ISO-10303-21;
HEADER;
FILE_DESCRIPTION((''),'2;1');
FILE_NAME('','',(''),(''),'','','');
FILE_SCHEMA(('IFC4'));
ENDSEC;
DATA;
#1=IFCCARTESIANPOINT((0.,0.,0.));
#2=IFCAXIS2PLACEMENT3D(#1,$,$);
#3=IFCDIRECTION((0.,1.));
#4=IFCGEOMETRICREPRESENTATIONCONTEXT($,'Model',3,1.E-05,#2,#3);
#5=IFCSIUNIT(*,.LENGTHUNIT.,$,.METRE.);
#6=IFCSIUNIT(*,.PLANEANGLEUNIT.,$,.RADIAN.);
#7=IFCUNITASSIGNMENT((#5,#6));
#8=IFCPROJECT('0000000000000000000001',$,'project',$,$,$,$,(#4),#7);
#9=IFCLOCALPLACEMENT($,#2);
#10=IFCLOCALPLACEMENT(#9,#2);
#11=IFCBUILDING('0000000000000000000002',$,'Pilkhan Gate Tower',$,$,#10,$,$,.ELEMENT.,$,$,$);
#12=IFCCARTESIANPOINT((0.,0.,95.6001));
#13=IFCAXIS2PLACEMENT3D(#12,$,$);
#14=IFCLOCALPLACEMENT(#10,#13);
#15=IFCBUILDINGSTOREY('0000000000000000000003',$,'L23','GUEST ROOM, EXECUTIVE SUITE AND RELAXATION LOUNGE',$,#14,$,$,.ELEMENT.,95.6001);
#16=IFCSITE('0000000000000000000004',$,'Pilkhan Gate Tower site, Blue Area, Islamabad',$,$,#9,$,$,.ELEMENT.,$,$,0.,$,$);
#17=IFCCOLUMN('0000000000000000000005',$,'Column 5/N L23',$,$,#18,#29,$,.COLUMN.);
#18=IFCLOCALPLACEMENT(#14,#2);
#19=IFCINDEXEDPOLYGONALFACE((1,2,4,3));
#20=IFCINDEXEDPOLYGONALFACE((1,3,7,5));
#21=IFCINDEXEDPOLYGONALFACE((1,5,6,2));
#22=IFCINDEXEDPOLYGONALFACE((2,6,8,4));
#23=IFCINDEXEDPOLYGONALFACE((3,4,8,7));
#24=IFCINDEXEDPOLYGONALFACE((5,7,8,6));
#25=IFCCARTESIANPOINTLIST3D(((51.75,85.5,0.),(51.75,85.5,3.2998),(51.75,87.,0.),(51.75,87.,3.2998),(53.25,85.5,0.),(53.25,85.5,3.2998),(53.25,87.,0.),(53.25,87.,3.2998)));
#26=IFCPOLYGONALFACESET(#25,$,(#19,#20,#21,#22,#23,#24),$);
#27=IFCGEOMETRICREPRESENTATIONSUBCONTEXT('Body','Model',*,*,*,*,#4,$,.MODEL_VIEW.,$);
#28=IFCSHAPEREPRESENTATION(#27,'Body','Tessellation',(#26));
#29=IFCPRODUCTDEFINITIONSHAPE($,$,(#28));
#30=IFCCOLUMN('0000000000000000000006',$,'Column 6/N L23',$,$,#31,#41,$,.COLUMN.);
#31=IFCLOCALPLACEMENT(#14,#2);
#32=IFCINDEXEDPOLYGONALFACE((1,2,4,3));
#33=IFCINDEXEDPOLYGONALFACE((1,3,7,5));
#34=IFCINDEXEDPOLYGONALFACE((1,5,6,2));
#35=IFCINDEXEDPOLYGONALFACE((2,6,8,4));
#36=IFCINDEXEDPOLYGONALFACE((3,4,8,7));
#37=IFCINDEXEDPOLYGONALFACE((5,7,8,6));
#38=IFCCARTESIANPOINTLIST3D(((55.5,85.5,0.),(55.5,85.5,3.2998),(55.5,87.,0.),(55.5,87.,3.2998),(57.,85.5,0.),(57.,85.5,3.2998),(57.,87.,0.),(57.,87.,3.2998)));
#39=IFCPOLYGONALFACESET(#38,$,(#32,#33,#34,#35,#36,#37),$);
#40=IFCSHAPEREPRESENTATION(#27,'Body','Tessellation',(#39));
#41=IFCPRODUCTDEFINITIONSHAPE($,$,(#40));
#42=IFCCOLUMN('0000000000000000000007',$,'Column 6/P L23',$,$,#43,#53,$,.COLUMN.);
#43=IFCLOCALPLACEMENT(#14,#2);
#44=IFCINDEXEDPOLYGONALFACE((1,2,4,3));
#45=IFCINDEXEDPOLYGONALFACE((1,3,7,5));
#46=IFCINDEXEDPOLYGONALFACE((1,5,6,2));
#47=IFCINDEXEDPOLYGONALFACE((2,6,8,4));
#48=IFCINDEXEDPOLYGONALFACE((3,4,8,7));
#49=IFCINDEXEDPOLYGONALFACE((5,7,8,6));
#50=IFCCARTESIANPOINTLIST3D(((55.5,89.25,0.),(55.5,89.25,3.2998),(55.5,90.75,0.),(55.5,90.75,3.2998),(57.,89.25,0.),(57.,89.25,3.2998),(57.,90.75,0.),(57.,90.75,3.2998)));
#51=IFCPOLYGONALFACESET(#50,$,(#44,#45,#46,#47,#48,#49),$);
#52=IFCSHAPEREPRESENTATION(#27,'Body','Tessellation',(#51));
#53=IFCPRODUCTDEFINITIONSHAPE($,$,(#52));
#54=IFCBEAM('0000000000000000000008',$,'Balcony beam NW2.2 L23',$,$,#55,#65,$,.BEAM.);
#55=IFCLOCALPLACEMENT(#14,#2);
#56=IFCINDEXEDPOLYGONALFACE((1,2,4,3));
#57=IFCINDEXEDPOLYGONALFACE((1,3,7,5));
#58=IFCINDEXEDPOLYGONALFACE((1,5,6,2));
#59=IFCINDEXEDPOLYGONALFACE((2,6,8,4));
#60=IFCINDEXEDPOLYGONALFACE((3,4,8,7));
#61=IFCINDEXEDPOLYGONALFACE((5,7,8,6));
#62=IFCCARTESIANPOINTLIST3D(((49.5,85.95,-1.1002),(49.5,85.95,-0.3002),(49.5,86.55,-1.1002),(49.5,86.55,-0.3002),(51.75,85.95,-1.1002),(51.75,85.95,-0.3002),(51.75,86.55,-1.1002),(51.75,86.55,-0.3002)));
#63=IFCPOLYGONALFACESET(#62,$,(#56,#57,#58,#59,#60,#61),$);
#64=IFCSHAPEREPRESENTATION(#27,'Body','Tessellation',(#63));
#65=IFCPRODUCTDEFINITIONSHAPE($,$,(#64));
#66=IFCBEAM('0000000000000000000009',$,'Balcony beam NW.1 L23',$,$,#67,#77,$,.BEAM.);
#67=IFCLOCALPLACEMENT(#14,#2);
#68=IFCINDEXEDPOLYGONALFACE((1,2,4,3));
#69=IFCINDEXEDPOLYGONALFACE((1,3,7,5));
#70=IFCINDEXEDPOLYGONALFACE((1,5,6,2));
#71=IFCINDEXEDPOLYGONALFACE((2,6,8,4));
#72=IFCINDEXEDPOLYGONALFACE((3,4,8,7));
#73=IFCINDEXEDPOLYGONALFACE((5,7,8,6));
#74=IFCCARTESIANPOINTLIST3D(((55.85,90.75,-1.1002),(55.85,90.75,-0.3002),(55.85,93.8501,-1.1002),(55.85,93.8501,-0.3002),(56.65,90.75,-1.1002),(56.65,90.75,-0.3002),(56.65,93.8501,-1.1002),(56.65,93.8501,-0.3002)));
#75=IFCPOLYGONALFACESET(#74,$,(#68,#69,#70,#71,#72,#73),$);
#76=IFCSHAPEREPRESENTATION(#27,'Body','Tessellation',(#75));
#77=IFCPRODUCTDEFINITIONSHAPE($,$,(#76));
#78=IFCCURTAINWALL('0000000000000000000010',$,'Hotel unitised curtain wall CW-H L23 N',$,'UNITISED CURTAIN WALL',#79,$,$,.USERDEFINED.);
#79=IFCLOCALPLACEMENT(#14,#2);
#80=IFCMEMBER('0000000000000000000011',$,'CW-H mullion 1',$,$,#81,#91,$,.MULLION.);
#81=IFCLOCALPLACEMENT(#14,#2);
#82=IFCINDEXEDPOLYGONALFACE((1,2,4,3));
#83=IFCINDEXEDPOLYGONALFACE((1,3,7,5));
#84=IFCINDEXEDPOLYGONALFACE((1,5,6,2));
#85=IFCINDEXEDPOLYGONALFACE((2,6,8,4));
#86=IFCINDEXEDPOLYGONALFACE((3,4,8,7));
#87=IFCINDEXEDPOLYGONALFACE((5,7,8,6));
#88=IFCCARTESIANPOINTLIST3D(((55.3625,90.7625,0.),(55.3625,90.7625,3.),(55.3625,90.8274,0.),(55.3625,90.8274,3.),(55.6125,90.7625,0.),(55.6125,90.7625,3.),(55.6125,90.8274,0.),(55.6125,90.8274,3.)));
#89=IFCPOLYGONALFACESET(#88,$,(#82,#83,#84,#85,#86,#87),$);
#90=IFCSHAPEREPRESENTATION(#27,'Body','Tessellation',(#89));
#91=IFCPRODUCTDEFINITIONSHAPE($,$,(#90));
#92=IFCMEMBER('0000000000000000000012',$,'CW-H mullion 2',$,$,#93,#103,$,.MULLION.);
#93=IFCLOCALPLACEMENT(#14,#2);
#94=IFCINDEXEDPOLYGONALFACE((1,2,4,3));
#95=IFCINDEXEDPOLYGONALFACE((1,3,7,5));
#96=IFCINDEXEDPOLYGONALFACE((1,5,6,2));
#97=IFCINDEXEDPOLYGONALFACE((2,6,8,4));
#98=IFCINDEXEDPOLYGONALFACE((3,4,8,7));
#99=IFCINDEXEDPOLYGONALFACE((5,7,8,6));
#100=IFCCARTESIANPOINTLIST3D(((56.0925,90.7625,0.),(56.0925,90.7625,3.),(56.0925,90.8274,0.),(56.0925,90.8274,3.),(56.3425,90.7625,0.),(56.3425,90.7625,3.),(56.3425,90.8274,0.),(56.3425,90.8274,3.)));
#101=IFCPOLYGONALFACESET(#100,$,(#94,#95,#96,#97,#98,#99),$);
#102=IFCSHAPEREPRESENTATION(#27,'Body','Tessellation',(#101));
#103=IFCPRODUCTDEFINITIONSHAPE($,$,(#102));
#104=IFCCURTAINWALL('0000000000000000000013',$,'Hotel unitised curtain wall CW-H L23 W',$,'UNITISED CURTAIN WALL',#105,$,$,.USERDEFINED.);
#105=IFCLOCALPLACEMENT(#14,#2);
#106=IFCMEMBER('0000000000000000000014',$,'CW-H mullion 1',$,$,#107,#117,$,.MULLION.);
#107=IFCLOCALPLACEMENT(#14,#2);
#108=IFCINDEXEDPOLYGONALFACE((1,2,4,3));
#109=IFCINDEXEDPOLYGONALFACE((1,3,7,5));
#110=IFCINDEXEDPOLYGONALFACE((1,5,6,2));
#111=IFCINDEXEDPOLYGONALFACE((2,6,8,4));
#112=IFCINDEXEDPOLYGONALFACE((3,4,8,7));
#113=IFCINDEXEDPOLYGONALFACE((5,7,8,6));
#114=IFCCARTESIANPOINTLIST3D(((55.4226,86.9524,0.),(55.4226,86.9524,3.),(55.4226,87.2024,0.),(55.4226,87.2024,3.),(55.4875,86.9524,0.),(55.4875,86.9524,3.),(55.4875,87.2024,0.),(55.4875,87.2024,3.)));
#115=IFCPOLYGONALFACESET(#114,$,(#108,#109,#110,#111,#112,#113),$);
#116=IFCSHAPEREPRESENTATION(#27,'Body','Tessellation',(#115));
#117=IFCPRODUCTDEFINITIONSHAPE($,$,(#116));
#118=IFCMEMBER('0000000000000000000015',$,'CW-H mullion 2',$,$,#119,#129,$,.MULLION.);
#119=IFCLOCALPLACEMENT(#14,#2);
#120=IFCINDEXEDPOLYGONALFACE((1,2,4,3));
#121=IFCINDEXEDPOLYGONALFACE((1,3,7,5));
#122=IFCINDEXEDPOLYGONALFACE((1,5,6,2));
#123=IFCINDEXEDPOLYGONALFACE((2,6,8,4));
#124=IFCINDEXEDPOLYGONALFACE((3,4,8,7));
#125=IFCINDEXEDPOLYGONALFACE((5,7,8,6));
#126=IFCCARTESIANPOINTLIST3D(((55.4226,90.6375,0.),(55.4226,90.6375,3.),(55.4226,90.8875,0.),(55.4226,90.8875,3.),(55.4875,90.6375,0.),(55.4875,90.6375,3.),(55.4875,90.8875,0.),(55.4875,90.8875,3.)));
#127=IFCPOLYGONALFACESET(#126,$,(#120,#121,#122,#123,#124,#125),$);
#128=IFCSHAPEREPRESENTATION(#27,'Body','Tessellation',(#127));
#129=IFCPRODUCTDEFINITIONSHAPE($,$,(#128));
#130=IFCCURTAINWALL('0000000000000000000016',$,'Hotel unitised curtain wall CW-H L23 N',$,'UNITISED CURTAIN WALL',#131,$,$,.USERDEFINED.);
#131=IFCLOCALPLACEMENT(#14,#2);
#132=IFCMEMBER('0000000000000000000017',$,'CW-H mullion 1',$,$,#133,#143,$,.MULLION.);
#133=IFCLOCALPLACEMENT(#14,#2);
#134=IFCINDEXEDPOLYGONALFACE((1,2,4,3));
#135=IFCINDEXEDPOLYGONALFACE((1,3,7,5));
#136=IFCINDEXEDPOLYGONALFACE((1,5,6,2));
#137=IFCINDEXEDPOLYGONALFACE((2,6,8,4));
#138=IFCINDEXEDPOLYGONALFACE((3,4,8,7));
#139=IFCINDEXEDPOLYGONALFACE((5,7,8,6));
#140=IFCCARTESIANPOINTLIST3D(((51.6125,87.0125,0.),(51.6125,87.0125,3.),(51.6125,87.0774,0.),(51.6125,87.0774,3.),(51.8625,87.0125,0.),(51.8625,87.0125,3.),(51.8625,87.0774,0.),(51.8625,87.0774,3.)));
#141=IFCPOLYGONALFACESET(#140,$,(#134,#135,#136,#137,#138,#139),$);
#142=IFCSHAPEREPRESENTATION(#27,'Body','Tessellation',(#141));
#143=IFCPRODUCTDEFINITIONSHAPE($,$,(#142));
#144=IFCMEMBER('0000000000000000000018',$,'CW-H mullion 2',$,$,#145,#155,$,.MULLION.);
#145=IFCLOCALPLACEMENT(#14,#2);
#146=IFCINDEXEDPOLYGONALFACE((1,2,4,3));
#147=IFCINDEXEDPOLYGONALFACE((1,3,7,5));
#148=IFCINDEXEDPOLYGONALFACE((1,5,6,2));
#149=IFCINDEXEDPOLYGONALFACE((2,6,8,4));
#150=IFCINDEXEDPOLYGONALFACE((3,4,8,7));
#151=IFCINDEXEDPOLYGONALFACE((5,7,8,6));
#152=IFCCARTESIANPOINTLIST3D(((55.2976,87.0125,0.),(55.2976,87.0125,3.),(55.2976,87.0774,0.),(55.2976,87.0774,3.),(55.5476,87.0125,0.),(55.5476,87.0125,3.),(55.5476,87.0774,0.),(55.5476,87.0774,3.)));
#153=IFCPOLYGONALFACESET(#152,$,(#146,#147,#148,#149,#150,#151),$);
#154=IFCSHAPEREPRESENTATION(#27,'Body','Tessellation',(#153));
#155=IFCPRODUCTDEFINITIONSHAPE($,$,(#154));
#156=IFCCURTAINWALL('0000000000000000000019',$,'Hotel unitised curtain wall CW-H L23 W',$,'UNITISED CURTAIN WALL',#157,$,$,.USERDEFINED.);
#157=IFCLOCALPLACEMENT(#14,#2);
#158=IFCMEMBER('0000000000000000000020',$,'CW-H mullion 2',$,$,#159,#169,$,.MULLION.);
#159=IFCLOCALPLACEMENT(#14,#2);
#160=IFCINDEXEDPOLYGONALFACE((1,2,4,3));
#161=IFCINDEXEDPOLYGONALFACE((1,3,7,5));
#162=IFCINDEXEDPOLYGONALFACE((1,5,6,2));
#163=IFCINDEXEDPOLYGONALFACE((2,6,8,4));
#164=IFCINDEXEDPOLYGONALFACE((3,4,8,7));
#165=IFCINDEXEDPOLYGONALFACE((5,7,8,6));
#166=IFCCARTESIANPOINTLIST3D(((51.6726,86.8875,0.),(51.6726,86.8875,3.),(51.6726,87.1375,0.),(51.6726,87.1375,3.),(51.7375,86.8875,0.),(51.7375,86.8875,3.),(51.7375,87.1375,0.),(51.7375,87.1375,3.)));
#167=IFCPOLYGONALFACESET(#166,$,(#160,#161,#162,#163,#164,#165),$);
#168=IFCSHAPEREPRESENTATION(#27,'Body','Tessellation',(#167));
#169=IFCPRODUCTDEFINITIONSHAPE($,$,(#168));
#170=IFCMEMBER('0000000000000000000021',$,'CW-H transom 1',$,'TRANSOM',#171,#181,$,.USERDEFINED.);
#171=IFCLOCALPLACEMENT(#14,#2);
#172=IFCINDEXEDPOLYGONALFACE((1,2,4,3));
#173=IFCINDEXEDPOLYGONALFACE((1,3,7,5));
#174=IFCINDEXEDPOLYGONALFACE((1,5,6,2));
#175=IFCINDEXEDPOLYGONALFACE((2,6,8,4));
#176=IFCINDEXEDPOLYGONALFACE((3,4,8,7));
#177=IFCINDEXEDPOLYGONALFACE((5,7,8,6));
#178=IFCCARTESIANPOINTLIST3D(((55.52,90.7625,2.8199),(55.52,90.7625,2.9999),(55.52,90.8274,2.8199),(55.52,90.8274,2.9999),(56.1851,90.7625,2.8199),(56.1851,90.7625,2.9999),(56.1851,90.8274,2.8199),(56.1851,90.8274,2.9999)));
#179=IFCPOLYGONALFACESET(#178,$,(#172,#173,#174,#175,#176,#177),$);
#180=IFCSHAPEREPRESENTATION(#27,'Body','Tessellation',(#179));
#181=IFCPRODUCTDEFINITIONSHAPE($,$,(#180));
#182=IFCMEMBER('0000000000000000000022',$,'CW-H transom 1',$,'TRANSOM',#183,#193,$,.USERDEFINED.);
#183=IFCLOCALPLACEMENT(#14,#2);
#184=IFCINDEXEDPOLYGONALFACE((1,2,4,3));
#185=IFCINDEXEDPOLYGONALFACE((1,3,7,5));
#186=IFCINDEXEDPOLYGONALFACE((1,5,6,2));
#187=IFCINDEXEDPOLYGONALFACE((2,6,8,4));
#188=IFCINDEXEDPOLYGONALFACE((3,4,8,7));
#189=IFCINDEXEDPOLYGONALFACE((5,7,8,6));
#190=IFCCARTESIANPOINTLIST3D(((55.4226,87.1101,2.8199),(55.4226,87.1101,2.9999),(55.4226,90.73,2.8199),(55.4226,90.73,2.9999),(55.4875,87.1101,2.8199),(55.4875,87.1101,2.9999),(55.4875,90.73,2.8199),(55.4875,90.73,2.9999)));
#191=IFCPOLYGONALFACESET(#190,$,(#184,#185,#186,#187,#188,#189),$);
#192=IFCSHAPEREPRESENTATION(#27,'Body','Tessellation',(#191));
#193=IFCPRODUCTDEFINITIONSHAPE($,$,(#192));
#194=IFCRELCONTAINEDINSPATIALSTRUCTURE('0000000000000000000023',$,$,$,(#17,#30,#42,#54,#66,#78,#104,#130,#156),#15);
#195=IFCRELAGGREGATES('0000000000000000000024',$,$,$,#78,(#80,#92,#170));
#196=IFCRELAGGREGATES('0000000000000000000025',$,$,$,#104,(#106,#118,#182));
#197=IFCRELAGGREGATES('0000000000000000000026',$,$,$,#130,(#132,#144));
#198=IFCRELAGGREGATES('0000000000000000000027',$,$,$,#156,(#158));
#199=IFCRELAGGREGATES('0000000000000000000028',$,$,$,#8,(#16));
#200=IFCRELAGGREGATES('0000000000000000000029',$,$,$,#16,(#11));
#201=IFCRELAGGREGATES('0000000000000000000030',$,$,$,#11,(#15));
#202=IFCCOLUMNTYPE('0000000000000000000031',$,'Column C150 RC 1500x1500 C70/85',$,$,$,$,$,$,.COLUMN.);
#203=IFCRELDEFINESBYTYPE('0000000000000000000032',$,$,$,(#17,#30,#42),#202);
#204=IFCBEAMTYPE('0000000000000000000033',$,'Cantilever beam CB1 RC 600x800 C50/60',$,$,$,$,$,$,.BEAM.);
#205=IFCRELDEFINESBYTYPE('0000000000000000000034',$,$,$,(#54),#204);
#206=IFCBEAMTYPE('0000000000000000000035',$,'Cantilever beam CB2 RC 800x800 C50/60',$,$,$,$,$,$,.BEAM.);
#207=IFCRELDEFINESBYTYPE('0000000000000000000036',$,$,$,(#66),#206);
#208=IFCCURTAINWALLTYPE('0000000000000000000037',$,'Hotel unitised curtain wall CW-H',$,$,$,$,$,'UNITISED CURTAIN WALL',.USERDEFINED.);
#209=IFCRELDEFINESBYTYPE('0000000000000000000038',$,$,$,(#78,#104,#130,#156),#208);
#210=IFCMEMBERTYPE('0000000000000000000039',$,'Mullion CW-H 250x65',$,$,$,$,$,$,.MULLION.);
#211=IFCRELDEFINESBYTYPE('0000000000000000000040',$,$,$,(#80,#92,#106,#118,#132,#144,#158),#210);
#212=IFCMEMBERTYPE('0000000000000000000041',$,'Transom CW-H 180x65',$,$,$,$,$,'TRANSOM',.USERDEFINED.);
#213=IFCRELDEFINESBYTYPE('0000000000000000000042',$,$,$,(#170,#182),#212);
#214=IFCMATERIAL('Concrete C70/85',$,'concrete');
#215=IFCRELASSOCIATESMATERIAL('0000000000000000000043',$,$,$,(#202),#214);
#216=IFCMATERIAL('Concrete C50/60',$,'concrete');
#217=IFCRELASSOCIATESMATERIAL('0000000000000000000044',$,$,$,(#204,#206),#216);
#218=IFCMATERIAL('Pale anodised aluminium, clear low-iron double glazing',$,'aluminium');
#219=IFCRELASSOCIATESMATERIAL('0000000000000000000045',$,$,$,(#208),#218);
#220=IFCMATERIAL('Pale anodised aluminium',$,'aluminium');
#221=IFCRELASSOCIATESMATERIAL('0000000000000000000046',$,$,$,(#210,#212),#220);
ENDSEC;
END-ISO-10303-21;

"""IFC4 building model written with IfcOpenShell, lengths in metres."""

from ifc_helpers import new_model, si_unit, direction, frame, origin, origin_2d, place, context, subcontext, project, spatial, rectangle, extrude, material, material_profile, profile_set, type_object, element, aggregate, save


model = new_model("IFC4")

# Units and contexts
model_context = context("Model", 3, precision=1e-05, world=origin(), true_north=direction((0.0, 1.0)))
body_context = subcontext(model_context, "Body", "Model", "MODEL_VIEW")
ifc_project = project(units=[si_unit("LENGTHUNIT", "METRE"), si_unit("PLANEANGLEUNIT", "RADIAN")], contexts=[model_context])

# Site, building, storey
site_placement = place(None, origin())
site = spatial("IfcSite", under=ifc_project, at=site_placement, Name="Pilkhan Gate Tower site, Blue Area, Islamabad", CompositionType="ELEMENT", RefElevation=0.0)
building_placement = place(site_placement, origin())
building = spatial("IfcBuilding", under=site, at=building_placement, Name="Pilkhan Gate Tower", CompositionType="ELEMENT")
storey_placement = place(building_placement, frame((0.0, 0.0, 95.6001)))
storey = spatial("IfcBuildingStorey", under=building, at=storey_placement, Name="L23", Description="GUEST ROOM, EXECUTIVE SUITE AND RELAXATION LOUNGE", CompositionType="ELEMENT", Elevation=95.6001)

# Columns
ifc_material_1 = material(Name="Concrete C70/85", Category="concrete")
ifc_material_profile_1 = material_profile(ifc_material_1, rectangle(XDim=1.5, YDim=1.5, at=origin_2d()), Name="RC 1500x1500")
ifc_profile_set_1 = profile_set([ifc_material_profile_1], Name="Concrete C70/85")
column_type = type_object("IfcColumnType", Name="Column C150 RC 1500x1500 C70/85", PredefinedType="COLUMN", material=ifc_profile_set_1)
for number, where, z_axis, x_axis, name in (
    (1, (52.5, 86.25, 0.0), (0.0, 0.0, 1.0), (1.0, 0.0, 0.0), "Column 5/N L23"),
    (2, (56.25, 86.25, 0.0), (0.0, 0.0, 1.0), (1.0, 0.0, 0.0), "Column 6/N L23"),
    (3, (56.25, 90.0, 0.0), (0.0, 0.0, 1.0), (1.0, 0.0, 0.0), "Column 6/P L23"),
):
    element("IfcColumn", number, at=place(storey_placement, frame(where, z_axis=z_axis, x_axis=x_axis)), inside=storey, type_object=column_type, Name=name, PredefinedType="COLUMN", context=body_context, shape_type="SweptSolid", body=[
        extrude(rectangle(XDim=1.5, YDim=1.5, at=origin_2d()), origin(), (0.0, 0.0, 1.0), 3.2998),
    ])

# Beams
ifc_material_2 = material(Name="Concrete C50/60", Category="concrete")
ifc_material_profile_2 = material_profile(ifc_material_2, rectangle(XDim=0.6001, YDim=0.8, at=origin_2d()), Name="RC 600x800")
ifc_profile_set_2 = profile_set([ifc_material_profile_2], Name="Concrete C50/60")
beam_type_1 = type_object("IfcBeamType", Name="Cantilever beam CB1 RC 600x800 C50/60", PredefinedType="BEAM", material=ifc_profile_set_2)
beam_1_placement = place(storey_placement, frame((51.75, 86.25, -0.7002), z_axis=(-1.0, 0.0, 0.0), x_axis=(0.0, -1.0, 0.0)))
element("IfcBeam", 4, at=beam_1_placement, inside=storey, type_object=beam_type_1, Name="Balcony beam NW2.2 L23", PredefinedType="BEAM", context=body_context, shape_type="SweptSolid", body=[
    extrude(rectangle(XDim=0.6001, YDim=0.8, at=origin_2d()), origin(), (0.0, 0.0, 1.0), 2.25),
])
ifc_material_profile_3 = material_profile(ifc_material_2, rectangle(XDim=0.8, YDim=0.8, at=origin_2d()), Name="RC 800x800")
ifc_profile_set_3 = profile_set([ifc_material_profile_3], Name="Concrete C50/60")
beam_type_2 = type_object("IfcBeamType", Name="Cantilever beam CB2 RC 800x800 C50/60", PredefinedType="BEAM", material=ifc_profile_set_3)
beam_2_placement = place(storey_placement, frame((56.25, 90.75, -0.7002), z_axis=(0.0, 1.0, 0.0), x_axis=(-1.0, 0.0, 0.0)))
element("IfcBeam", 5, at=beam_2_placement, inside=storey, type_object=beam_type_2, Name="Balcony beam NW.1 L23", PredefinedType="BEAM", context=body_context, shape_type="SweptSolid", body=[
    extrude(rectangle(XDim=0.8, YDim=0.8, at=origin_2d()), origin(), (0.0, 0.0, 1.0), 3.1001),
])

# Curtain walls, members
ifc_material_3 = material(Name="Pale anodised aluminium, clear low-iron double glazing", Category="aluminium")
curtain_wall_type = type_object("IfcCurtainWallType", Name="Hotel unitised curtain wall CW-H", ElementType="UNITISED CURTAIN WALL", PredefinedType="USERDEFINED", material=ifc_material_3)
curtain_wall_1_placement = place(storey_placement, origin())
curtain_wall_1 = element("IfcCurtainWall", 6, at=curtain_wall_1_placement, inside=storey, type_object=curtain_wall_type, Name="Hotel unitised curtain wall CW-H L23 N", ObjectType="UNITISED CURTAIN WALL", PredefinedType="USERDEFINED")
ifc_material_4 = material(Name="Pale anodised aluminium", Category="aluminium")
ifc_material_profile_4 = material_profile(ifc_material_4, rectangle(XDim=0.0649, YDim=0.25, at=origin_2d()), Name="Mullion 250x65")
ifc_profile_set_4 = profile_set([ifc_material_profile_4], Name="Pale anodised aluminium")
member_type_1 = type_object("IfcMemberType", Name="Mullion CW-H 250x65", PredefinedType="MULLION", material=ifc_profile_set_4)
member_1_placement = place(storey_placement, frame((55.4875, 90.7949, 0.0), z_axis=(0.0, 0.0, 1.0), x_axis=(0.0, 1.0, 0.0)))
member_1 = element("IfcMember", 7, at=member_1_placement, type_object=member_type_1, Name="CW-H mullion 1", PredefinedType="MULLION", context=body_context, shape_type="SweptSolid", body=[
    extrude(rectangle(XDim=0.0649, YDim=0.25, at=origin_2d()), origin(), (0.0, 0.0, 1.0), 3.0),
])
member_2_placement = place(storey_placement, frame((56.2175, 90.7949, 0.0), z_axis=(0.0, 0.0, 1.0), x_axis=(0.0, 1.0, 0.0)))
member_2 = element("IfcMember", 8, at=member_2_placement, type_object=member_type_1, Name="CW-H mullion 2", PredefinedType="MULLION", context=body_context, shape_type="SweptSolid", body=[
    extrude(rectangle(XDim=0.0649, YDim=0.25, at=origin_2d()), origin(), (0.0, 0.0, 1.0), 3.0),
])
curtain_wall_2_placement = place(storey_placement, origin())
curtain_wall_2 = element("IfcCurtainWall", 9, at=curtain_wall_2_placement, inside=storey, type_object=curtain_wall_type, Name="Hotel unitised curtain wall CW-H L23 W", ObjectType="UNITISED CURTAIN WALL", PredefinedType="USERDEFINED")
member_3_placement = place(storey_placement, frame((55.4551, 87.0774, 0.0), z_axis=(0.0, 0.0, 1.0), x_axis=(-1.0, 0.0, 0.0)))
member_3 = element("IfcMember", 10, at=member_3_placement, type_object=member_type_1, Name="CW-H mullion 1", PredefinedType="MULLION", context=body_context, shape_type="SweptSolid", body=[
    extrude(rectangle(XDim=0.0649, YDim=0.25, at=origin_2d()), origin(), (0.0, 0.0, 1.0), 3.0),
])
member_4_placement = place(storey_placement, frame((55.4551, 90.7625, 0.0), z_axis=(0.0, 0.0, 1.0), x_axis=(-1.0, 0.0, 0.0)))
member_4 = element("IfcMember", 11, at=member_4_placement, type_object=member_type_1, Name="CW-H mullion 2", PredefinedType="MULLION", context=body_context, shape_type="SweptSolid", body=[
    extrude(rectangle(XDim=0.0649, YDim=0.25, at=origin_2d()), origin(), (0.0, 0.0, 1.0), 3.0),
])
curtain_wall_3_placement = place(storey_placement, origin())
curtain_wall_3 = element("IfcCurtainWall", 12, at=curtain_wall_3_placement, inside=storey, type_object=curtain_wall_type, Name="Hotel unitised curtain wall CW-H L23 N", ObjectType="UNITISED CURTAIN WALL", PredefinedType="USERDEFINED")
member_5_placement = place(storey_placement, frame((51.7375, 87.0449, 0.0), z_axis=(0.0, 0.0, 1.0), x_axis=(0.0, 1.0, 0.0)))
member_5 = element("IfcMember", 13, at=member_5_placement, type_object=member_type_1, Name="CW-H mullion 1", PredefinedType="MULLION", context=body_context, shape_type="SweptSolid", body=[
    extrude(rectangle(XDim=0.0649, YDim=0.25, at=origin_2d()), origin(), (0.0, 0.0, 1.0), 3.0),
])
member_6_placement = place(storey_placement, frame((55.4226, 87.0449, 0.0), z_axis=(0.0, 0.0, 1.0), x_axis=(0.0, 1.0, 0.0)))
member_6 = element("IfcMember", 14, at=member_6_placement, type_object=member_type_1, Name="CW-H mullion 2", PredefinedType="MULLION", context=body_context, shape_type="SweptSolid", body=[
    extrude(rectangle(XDim=0.0649, YDim=0.25, at=origin_2d()), origin(), (0.0, 0.0, 1.0), 3.0),
])

# Curtain wall, member
curtain_wall_4_placement = place(storey_placement, origin())
curtain_wall_4 = element("IfcCurtainWall", 15, at=curtain_wall_4_placement, inside=storey, type_object=curtain_wall_type, Name="Hotel unitised curtain wall CW-H L23 W", ObjectType="UNITISED CURTAIN WALL", PredefinedType="USERDEFINED")
member_7_placement = place(storey_placement, frame((51.7051, 87.0125, 0.0), z_axis=(0.0, 0.0, 1.0), x_axis=(-1.0, 0.0, 0.0)))
member_7 = element("IfcMember", 16, at=member_7_placement, type_object=member_type_1, Name="CW-H mullion 2", PredefinedType="MULLION", context=body_context, shape_type="SweptSolid", body=[
    extrude(rectangle(XDim=0.0649, YDim=0.25, at=origin_2d()), origin(), (0.0, 0.0, 1.0), 3.0),
])

# Members
ifc_material_profile_5 = material_profile(ifc_material_4, rectangle(XDim=0.0649, YDim=0.1799, at=origin_2d()), Name="Transom 180x65")
ifc_profile_set_5 = profile_set([ifc_material_profile_5], Name="Pale anodised aluminium")
member_type_2 = type_object("IfcMemberType", Name="Transom CW-H 180x65", ElementType="TRANSOM", PredefinedType="USERDEFINED", material=ifc_profile_set_5)
member_8_placement = place(storey_placement, frame((55.52, 90.7949, 2.9099), z_axis=(1.0, 0.0, 0.0), x_axis=(0.0, 1.0, 0.0)))
member_8 = element("IfcMember", 17, at=member_8_placement, type_object=member_type_2, Name="CW-H transom 1", ObjectType="TRANSOM", PredefinedType="USERDEFINED", context=body_context, shape_type="SweptSolid", body=[
    extrude(rectangle(XDim=0.0649, YDim=0.1799, at=origin_2d()), origin(), (0.0, 0.0, 1.0), 0.665),
])
member_9_placement = place(storey_placement, frame((55.4551, 87.1101, 2.9099), z_axis=(0.0, 1.0, 0.0), x_axis=(-1.0, 0.0, 0.0)))
member_9 = element("IfcMember", 18, at=member_9_placement, type_object=member_type_2, Name="CW-H transom 1", ObjectType="TRANSOM", PredefinedType="USERDEFINED", context=body_context, shape_type="SweptSolid", body=[
    extrude(rectangle(XDim=0.0649, YDim=0.1799, at=origin_2d()), origin(), (0.0, 0.0, 1.0), 3.6199),
])

aggregate(curtain_wall_1, [member_1, member_2, member_8])
aggregate(curtain_wall_2, [member_3, member_4, member_9])
aggregate(curtain_wall_3, [member_5, member_6])
aggregate(curtain_wall_4, [member_7])

save(model, "model.ifc")
